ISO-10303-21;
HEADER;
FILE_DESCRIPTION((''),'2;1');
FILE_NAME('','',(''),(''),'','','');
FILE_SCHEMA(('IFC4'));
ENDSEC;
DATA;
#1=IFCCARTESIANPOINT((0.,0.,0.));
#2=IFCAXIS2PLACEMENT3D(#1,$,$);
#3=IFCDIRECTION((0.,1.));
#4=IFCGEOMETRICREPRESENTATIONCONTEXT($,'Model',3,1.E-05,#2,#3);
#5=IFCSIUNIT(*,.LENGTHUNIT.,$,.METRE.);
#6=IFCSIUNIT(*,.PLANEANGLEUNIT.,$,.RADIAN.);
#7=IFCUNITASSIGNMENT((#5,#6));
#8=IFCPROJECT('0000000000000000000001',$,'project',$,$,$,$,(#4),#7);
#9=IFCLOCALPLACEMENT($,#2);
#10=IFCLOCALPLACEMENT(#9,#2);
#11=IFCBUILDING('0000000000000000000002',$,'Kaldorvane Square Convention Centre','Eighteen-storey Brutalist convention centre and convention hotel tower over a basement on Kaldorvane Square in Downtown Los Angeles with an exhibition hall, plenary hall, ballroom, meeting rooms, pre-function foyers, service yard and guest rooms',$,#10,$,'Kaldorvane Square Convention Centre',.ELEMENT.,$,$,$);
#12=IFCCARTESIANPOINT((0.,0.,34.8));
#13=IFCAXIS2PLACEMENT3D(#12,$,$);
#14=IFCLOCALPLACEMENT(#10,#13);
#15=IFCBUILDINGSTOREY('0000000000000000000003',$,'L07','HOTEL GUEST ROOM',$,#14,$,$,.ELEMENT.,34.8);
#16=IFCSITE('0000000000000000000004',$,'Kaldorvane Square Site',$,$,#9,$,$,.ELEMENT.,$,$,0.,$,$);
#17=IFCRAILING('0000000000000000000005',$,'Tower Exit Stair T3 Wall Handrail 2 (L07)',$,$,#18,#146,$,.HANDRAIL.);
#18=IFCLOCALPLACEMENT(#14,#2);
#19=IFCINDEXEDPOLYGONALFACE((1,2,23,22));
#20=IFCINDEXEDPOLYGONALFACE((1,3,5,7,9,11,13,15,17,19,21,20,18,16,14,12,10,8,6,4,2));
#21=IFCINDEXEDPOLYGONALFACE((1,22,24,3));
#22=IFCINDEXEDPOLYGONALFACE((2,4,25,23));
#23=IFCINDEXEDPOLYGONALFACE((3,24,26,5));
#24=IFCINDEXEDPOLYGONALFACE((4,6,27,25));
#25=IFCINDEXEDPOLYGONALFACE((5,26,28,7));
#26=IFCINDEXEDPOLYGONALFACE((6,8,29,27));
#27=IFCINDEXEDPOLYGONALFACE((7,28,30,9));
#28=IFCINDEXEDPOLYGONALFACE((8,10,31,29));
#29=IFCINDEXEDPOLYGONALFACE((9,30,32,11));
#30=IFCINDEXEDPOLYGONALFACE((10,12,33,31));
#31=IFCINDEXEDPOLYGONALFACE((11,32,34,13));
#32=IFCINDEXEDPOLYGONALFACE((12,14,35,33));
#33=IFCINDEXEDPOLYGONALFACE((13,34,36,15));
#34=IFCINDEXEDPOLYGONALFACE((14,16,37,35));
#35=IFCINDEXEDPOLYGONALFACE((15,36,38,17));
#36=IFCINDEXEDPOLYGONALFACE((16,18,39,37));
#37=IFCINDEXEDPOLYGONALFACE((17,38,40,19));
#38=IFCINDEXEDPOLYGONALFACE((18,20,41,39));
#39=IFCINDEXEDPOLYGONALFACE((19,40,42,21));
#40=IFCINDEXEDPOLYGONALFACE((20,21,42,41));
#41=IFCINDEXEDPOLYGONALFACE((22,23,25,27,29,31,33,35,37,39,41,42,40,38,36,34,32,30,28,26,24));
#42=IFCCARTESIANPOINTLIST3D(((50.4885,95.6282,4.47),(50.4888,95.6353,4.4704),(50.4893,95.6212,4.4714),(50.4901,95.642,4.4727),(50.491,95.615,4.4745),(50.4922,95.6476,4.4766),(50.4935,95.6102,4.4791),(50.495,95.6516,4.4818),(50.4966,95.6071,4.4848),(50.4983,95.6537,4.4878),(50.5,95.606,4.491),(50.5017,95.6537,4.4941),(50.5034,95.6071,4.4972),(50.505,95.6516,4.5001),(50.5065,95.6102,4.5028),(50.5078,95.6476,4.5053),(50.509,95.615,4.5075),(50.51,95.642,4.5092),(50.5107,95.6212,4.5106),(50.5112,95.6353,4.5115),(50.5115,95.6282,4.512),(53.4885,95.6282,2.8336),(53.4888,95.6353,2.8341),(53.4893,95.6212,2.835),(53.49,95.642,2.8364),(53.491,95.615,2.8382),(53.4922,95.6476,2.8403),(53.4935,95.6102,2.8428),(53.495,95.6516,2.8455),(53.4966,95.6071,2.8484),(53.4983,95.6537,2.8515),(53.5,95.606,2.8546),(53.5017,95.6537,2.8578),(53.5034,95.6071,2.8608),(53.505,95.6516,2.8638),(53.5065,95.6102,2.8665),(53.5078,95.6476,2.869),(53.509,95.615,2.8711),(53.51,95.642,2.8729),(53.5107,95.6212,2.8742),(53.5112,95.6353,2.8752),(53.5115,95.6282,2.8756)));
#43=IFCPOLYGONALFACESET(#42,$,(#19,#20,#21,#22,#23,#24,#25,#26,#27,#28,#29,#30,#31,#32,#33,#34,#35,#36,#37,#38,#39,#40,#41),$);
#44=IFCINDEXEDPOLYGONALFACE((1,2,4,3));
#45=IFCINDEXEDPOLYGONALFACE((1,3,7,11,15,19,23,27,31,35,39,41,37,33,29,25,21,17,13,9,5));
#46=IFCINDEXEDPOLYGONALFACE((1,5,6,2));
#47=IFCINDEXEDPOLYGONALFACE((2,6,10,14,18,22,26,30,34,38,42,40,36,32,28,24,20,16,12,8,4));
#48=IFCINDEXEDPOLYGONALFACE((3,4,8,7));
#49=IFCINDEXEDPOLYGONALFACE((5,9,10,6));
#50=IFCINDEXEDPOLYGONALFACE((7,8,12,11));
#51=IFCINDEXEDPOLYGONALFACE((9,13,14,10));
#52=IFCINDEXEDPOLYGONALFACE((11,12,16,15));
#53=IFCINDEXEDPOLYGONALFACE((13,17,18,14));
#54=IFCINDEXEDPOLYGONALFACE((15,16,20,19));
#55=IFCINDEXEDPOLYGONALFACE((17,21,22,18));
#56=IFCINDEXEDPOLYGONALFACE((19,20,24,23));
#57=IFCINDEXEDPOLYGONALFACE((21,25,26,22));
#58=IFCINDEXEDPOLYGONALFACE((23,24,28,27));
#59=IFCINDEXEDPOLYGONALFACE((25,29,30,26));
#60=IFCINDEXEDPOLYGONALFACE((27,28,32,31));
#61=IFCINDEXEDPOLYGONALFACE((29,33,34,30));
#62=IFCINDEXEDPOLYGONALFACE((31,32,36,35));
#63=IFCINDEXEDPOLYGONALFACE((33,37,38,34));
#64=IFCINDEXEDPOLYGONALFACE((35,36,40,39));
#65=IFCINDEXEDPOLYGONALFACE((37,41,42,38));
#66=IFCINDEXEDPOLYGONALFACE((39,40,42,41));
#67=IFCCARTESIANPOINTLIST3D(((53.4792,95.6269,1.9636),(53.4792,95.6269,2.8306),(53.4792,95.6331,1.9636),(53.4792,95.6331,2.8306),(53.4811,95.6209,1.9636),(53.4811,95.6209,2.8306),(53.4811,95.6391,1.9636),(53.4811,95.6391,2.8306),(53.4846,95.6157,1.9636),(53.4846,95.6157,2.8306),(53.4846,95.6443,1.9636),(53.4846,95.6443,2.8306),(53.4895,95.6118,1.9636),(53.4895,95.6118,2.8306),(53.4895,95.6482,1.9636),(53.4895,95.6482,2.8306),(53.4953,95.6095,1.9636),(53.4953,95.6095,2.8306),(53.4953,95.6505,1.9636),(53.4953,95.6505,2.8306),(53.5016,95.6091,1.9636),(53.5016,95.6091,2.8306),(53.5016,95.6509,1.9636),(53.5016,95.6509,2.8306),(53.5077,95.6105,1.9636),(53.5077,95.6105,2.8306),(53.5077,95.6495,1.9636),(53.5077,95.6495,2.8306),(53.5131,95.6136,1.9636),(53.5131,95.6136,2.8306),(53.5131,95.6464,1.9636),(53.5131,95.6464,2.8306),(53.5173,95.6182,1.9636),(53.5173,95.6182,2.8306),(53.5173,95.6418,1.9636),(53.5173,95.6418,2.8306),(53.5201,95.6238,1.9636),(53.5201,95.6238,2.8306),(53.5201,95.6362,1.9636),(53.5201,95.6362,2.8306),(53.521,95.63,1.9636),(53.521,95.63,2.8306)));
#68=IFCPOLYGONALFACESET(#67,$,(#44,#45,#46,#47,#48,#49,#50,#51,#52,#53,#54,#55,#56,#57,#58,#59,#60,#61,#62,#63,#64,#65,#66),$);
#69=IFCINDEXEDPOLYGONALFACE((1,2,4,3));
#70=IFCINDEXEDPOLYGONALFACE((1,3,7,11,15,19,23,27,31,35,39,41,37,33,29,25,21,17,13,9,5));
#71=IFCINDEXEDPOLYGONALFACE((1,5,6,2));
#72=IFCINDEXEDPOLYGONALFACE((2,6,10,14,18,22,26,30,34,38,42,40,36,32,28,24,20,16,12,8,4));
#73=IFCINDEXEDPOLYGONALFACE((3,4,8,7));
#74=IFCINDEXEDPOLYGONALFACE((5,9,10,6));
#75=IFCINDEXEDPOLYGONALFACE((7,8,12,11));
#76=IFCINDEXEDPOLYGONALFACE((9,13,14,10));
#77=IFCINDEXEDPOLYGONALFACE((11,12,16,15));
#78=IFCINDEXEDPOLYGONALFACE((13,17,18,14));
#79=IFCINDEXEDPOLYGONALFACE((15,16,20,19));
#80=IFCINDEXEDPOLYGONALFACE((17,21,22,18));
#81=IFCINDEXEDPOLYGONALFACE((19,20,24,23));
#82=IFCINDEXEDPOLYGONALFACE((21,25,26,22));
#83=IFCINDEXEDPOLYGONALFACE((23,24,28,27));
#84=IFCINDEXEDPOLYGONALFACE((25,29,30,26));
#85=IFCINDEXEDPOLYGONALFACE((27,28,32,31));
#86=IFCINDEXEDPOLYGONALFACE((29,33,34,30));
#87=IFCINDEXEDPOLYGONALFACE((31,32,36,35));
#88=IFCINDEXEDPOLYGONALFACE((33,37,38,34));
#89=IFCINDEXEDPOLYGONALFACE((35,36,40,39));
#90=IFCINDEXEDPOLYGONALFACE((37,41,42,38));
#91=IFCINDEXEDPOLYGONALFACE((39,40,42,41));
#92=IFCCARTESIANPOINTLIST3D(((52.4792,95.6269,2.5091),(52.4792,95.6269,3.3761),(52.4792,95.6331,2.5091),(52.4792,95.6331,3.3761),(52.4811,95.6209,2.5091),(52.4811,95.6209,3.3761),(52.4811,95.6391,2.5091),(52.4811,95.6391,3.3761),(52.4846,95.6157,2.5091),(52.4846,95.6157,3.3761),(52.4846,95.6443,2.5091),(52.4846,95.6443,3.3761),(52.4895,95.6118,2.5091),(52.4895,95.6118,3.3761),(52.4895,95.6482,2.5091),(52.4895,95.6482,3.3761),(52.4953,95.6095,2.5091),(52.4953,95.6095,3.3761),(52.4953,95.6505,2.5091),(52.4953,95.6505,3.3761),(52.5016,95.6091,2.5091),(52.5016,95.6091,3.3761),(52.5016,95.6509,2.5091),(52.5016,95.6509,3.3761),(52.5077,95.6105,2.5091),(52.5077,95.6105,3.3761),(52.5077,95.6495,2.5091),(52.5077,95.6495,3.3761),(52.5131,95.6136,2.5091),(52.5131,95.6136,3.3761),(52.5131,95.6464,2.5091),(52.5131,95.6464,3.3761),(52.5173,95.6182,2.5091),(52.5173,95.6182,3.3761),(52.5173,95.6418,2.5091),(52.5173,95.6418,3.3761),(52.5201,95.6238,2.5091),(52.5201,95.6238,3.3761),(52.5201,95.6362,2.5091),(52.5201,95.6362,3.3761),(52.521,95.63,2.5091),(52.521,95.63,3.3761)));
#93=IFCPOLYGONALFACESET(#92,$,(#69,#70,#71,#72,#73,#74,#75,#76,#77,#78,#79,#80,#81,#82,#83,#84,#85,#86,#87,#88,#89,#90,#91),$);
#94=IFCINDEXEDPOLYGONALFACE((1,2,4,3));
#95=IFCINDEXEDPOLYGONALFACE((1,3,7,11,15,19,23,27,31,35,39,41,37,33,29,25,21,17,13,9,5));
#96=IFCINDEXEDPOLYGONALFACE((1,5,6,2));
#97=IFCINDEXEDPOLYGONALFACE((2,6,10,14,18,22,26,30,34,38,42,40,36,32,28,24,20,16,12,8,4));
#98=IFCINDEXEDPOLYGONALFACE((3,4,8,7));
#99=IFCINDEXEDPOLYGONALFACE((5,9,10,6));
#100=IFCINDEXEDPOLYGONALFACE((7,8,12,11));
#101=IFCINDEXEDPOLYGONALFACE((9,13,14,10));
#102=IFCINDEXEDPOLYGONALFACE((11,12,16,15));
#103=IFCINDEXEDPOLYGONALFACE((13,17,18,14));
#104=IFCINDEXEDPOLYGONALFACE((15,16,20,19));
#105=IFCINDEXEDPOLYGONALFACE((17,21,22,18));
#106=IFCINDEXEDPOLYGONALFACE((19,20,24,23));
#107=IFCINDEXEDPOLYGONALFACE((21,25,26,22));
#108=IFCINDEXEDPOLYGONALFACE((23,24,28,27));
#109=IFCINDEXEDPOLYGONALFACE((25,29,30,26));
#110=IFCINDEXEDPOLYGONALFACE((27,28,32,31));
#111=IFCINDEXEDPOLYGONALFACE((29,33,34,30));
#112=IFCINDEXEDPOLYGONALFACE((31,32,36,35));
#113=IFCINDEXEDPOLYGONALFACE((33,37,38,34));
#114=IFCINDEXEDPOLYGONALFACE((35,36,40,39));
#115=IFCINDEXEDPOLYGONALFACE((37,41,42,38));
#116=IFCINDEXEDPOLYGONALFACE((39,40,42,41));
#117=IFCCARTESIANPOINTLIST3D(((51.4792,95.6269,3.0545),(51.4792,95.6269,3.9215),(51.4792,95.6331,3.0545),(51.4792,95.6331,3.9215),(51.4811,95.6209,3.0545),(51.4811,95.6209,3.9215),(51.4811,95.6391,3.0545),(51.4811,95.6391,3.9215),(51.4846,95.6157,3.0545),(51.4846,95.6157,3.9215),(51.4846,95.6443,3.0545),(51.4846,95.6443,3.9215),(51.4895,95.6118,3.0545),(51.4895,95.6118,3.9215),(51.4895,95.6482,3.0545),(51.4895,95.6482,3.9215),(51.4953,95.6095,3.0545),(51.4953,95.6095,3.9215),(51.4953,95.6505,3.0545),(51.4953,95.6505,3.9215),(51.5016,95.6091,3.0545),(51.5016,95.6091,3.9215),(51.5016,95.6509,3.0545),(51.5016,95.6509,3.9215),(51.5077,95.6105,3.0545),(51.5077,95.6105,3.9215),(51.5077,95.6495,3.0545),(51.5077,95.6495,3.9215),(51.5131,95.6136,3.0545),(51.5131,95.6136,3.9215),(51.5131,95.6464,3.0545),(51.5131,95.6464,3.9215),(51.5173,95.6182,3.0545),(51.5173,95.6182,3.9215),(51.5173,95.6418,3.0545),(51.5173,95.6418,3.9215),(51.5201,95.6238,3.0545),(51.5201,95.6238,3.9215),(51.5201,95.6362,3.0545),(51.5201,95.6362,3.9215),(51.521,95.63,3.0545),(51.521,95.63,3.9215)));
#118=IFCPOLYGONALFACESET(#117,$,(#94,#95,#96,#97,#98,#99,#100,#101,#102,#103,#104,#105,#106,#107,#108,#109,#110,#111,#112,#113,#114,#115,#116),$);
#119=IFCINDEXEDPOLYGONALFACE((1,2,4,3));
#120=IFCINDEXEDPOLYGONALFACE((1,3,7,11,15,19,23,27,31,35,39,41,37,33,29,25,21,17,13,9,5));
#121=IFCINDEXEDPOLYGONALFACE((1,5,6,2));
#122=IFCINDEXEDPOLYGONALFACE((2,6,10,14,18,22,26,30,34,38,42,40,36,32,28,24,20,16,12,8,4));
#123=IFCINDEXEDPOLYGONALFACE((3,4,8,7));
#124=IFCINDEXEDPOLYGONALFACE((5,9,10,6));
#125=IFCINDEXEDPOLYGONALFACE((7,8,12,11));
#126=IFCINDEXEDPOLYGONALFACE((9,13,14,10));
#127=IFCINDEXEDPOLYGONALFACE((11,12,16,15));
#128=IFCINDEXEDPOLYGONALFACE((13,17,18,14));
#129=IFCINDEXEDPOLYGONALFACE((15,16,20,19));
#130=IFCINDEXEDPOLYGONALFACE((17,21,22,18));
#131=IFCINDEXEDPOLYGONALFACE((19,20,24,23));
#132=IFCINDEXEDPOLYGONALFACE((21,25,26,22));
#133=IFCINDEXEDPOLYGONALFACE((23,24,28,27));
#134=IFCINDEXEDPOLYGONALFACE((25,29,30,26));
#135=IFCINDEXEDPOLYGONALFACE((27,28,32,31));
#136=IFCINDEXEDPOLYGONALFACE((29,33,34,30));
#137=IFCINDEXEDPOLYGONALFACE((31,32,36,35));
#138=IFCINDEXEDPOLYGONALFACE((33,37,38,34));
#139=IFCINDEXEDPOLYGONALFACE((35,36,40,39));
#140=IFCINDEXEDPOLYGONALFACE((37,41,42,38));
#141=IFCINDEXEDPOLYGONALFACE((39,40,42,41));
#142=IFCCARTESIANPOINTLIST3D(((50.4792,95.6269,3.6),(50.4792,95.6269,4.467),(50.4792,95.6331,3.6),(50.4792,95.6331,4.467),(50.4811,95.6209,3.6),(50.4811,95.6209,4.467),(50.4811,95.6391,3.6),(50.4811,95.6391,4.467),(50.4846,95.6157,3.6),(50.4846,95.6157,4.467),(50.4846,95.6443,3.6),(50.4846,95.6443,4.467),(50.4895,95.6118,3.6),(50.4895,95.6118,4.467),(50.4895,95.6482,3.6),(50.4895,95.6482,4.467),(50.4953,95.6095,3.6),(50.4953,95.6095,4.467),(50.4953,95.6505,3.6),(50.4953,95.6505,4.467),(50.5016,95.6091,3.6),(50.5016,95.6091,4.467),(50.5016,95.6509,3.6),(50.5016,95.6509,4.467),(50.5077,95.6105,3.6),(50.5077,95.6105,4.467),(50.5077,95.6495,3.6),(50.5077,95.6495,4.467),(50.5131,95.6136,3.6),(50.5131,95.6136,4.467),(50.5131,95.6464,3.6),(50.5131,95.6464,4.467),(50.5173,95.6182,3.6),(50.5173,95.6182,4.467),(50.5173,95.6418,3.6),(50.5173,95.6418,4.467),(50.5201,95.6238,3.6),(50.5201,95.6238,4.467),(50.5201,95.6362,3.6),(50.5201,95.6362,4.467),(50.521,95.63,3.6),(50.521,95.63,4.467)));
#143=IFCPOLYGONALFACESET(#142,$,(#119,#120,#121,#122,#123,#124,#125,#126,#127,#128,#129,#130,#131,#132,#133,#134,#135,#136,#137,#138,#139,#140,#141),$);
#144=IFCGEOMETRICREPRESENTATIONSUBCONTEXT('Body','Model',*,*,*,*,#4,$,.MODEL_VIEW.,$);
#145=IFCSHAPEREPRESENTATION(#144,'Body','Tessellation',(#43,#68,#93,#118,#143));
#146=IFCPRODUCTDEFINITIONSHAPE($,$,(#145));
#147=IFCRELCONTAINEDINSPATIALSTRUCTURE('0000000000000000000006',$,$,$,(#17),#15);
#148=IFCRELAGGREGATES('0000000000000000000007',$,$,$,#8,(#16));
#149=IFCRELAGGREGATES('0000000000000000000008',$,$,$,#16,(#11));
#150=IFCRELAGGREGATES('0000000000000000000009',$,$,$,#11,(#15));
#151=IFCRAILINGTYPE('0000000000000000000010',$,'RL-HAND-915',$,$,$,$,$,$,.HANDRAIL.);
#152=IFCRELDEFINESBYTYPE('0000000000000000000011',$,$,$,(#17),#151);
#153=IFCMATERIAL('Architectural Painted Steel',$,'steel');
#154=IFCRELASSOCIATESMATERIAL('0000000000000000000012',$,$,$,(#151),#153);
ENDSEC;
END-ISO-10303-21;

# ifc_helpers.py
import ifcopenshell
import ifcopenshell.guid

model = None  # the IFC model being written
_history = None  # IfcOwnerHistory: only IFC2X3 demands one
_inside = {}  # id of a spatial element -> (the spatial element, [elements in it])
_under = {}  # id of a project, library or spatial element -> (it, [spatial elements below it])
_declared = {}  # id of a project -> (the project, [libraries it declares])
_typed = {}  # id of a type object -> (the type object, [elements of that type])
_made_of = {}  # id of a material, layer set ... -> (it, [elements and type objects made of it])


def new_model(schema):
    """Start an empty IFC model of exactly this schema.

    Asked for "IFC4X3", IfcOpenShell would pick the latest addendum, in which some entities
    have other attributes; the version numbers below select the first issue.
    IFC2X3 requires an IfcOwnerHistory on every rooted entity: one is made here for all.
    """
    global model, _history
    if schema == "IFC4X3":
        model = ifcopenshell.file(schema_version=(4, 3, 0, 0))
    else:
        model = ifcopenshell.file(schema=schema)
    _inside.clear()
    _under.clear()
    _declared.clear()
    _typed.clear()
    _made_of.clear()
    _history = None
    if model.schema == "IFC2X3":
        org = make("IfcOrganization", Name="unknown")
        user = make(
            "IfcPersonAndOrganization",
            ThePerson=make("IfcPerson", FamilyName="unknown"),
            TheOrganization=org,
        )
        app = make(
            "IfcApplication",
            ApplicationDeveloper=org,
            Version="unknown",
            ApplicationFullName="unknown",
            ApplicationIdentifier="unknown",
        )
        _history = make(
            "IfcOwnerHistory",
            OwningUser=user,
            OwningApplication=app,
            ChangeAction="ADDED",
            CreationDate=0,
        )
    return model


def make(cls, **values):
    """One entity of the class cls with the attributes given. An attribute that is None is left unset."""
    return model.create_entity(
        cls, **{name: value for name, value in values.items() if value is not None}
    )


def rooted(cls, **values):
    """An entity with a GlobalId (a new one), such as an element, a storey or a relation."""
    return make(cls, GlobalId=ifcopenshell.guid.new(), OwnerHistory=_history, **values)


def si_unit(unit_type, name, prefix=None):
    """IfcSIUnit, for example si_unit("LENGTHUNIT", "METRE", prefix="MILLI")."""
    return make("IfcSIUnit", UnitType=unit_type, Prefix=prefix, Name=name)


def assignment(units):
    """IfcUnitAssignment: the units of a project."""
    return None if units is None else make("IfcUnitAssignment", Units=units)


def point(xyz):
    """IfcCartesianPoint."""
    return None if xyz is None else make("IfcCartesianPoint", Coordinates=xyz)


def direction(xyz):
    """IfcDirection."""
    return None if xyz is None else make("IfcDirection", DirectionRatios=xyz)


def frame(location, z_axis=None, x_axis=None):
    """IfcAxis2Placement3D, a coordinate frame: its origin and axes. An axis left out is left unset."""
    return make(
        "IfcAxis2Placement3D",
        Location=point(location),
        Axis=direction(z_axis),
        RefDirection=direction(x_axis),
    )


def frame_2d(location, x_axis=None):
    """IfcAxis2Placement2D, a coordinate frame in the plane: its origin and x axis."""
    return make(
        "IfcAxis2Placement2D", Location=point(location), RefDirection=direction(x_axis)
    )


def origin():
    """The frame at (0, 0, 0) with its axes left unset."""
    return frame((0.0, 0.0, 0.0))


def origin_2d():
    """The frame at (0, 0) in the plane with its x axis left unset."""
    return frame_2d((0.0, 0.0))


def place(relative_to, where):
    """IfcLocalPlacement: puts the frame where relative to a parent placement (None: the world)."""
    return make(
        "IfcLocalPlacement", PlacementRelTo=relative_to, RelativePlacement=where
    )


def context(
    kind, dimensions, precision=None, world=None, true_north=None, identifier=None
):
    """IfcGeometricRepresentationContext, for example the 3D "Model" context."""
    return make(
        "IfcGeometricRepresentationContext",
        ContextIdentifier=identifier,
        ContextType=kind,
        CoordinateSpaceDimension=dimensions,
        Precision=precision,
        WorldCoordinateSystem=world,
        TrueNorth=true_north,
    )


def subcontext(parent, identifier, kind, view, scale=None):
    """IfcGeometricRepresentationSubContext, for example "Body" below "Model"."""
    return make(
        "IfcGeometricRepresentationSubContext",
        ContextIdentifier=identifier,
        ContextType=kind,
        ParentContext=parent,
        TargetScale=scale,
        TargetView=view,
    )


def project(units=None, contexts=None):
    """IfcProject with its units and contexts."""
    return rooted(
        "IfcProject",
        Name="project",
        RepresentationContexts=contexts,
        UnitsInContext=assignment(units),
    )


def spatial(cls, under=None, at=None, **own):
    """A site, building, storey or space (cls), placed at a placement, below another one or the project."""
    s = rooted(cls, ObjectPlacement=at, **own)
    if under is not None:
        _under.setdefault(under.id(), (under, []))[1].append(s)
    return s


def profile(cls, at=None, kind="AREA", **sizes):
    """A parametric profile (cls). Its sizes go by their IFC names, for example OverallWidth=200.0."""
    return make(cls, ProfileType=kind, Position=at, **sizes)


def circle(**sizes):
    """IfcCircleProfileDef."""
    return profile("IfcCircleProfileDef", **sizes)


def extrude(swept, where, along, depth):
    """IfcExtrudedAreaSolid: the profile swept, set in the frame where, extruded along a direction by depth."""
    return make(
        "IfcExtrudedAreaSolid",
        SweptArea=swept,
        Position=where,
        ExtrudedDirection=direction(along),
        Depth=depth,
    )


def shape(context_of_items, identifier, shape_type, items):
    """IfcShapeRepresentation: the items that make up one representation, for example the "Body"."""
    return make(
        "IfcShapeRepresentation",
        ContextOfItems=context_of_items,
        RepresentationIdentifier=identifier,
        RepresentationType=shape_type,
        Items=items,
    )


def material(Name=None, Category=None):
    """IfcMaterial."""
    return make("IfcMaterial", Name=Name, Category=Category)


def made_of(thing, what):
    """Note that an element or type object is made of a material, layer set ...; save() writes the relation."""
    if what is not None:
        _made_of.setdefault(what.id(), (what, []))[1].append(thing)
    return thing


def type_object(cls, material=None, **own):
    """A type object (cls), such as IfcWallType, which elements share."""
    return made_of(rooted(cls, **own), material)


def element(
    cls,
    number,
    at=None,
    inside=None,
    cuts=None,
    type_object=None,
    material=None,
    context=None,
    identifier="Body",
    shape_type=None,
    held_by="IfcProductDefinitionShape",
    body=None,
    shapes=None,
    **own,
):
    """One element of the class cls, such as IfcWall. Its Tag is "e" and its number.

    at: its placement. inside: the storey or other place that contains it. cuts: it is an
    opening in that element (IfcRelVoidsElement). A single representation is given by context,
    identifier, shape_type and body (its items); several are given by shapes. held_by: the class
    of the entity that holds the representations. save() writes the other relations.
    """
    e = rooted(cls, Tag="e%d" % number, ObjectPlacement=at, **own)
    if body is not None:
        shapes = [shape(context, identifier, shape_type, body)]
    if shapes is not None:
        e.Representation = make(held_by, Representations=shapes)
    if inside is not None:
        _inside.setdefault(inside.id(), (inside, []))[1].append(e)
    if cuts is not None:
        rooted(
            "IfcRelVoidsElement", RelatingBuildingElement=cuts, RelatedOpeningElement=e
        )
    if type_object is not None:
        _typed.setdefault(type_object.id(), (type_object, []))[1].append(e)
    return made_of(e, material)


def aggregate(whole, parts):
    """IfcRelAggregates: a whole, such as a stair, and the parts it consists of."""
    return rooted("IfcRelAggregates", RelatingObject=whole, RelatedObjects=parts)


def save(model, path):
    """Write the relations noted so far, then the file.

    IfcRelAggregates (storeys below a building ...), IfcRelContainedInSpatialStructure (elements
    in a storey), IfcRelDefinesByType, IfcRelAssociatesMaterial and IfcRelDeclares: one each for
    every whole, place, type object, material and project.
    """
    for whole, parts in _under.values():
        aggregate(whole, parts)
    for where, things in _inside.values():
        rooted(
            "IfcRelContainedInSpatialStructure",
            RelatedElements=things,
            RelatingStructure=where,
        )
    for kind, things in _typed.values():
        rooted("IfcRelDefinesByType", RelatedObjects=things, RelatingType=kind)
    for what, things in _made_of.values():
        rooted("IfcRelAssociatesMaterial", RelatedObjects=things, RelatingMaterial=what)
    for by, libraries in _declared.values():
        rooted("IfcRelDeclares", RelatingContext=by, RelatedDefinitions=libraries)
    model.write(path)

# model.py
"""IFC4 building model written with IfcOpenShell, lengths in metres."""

from ifc_helpers import new_model, si_unit, direction, frame, origin, origin_2d, place, context, subcontext, project, spatial, circle, extrude, material, type_object, element, save


model = new_model("IFC4")

# Units and contexts
model_context = context("Model", 3, precision=1e-05, world=origin(), true_north=direction((0.0, 1.0)))
body_context = subcontext(model_context, "Body", "Model", "MODEL_VIEW")
ifc_project = project(units=[si_unit("LENGTHUNIT", "METRE"), si_unit("PLANEANGLEUNIT", "RADIAN")], contexts=[model_context])

# Site, building, storey
site_placement = place(None, origin())
site = spatial("IfcSite", under=ifc_project, at=site_placement, Name="Kaldorvane Square Site", CompositionType="ELEMENT", RefElevation=0.0)
building_placement = place(site_placement, origin())
building = spatial("IfcBuilding", under=site, at=building_placement, Name="Kaldorvane Square Convention Centre", Description="Eighteen-storey Brutalist convention centre and convention hotel tower over a basement on Kaldorvane Square in Downtown Los Angeles with an exhibition hall, plenary hall, ballroom, meeting rooms, pre-function foyers, service yard and guest rooms", LongName="Kaldorvane Square Convention Centre", CompositionType="ELEMENT")
storey_placement = place(building_placement, frame((0.0, 0.0, 34.8)))
storey = spatial("IfcBuildingStorey", under=building, at=storey_placement, Name="L07", Description="HOTEL GUEST ROOM", CompositionType="ELEMENT", Elevation=34.8)

# Railing
ifc_material_1 = material(Name="Architectural Painted Steel", Category="steel")
railing_type = type_object("IfcRailingType", Name="RL-HAND-915", PredefinedType="HANDRAIL", material=ifc_material_1)
railing_placement = place(storey_placement, frame((53.5, 95.63, 1.9636)))
element("IfcRailing", 1, at=railing_placement, inside=storey, type_object=railing_type, Name="Tower Exit Stair T3 Wall Handrail 2 (L07)", PredefinedType="HANDRAIL", context=body_context, shape_type="SweptSolid", body=[
    extrude(circle(Radius=0.024, at=origin_2d()), frame((0.0, 0.0, 0.891), z_axis=(-0.877897, 0.0, 0.47885), x_axis=(0.0, -1.0, 0.0)), (0.0, 0.0, 1.0), 3.4173),
    extrude(circle(Radius=0.021, at=origin_2d()), origin(), (0.0, 0.0, 1.0), 0.867),
    extrude(circle(Radius=0.021, at=origin_2d()), frame((-1.0, 0.0, 0.5455)), (0.0, 0.0, 1.0), 0.867),
    extrude(circle(Radius=0.021, at=origin_2d()), frame((-2.0, 0.0, 1.0909)), (0.0, 0.0, 1.0), 0.867),
    extrude(circle(Radius=0.021, at=origin_2d()), frame((-3.0, 0.0, 1.6364)), (0.0, 0.0, 1.0), 0.867),
])

save(model, "model.ifc")
